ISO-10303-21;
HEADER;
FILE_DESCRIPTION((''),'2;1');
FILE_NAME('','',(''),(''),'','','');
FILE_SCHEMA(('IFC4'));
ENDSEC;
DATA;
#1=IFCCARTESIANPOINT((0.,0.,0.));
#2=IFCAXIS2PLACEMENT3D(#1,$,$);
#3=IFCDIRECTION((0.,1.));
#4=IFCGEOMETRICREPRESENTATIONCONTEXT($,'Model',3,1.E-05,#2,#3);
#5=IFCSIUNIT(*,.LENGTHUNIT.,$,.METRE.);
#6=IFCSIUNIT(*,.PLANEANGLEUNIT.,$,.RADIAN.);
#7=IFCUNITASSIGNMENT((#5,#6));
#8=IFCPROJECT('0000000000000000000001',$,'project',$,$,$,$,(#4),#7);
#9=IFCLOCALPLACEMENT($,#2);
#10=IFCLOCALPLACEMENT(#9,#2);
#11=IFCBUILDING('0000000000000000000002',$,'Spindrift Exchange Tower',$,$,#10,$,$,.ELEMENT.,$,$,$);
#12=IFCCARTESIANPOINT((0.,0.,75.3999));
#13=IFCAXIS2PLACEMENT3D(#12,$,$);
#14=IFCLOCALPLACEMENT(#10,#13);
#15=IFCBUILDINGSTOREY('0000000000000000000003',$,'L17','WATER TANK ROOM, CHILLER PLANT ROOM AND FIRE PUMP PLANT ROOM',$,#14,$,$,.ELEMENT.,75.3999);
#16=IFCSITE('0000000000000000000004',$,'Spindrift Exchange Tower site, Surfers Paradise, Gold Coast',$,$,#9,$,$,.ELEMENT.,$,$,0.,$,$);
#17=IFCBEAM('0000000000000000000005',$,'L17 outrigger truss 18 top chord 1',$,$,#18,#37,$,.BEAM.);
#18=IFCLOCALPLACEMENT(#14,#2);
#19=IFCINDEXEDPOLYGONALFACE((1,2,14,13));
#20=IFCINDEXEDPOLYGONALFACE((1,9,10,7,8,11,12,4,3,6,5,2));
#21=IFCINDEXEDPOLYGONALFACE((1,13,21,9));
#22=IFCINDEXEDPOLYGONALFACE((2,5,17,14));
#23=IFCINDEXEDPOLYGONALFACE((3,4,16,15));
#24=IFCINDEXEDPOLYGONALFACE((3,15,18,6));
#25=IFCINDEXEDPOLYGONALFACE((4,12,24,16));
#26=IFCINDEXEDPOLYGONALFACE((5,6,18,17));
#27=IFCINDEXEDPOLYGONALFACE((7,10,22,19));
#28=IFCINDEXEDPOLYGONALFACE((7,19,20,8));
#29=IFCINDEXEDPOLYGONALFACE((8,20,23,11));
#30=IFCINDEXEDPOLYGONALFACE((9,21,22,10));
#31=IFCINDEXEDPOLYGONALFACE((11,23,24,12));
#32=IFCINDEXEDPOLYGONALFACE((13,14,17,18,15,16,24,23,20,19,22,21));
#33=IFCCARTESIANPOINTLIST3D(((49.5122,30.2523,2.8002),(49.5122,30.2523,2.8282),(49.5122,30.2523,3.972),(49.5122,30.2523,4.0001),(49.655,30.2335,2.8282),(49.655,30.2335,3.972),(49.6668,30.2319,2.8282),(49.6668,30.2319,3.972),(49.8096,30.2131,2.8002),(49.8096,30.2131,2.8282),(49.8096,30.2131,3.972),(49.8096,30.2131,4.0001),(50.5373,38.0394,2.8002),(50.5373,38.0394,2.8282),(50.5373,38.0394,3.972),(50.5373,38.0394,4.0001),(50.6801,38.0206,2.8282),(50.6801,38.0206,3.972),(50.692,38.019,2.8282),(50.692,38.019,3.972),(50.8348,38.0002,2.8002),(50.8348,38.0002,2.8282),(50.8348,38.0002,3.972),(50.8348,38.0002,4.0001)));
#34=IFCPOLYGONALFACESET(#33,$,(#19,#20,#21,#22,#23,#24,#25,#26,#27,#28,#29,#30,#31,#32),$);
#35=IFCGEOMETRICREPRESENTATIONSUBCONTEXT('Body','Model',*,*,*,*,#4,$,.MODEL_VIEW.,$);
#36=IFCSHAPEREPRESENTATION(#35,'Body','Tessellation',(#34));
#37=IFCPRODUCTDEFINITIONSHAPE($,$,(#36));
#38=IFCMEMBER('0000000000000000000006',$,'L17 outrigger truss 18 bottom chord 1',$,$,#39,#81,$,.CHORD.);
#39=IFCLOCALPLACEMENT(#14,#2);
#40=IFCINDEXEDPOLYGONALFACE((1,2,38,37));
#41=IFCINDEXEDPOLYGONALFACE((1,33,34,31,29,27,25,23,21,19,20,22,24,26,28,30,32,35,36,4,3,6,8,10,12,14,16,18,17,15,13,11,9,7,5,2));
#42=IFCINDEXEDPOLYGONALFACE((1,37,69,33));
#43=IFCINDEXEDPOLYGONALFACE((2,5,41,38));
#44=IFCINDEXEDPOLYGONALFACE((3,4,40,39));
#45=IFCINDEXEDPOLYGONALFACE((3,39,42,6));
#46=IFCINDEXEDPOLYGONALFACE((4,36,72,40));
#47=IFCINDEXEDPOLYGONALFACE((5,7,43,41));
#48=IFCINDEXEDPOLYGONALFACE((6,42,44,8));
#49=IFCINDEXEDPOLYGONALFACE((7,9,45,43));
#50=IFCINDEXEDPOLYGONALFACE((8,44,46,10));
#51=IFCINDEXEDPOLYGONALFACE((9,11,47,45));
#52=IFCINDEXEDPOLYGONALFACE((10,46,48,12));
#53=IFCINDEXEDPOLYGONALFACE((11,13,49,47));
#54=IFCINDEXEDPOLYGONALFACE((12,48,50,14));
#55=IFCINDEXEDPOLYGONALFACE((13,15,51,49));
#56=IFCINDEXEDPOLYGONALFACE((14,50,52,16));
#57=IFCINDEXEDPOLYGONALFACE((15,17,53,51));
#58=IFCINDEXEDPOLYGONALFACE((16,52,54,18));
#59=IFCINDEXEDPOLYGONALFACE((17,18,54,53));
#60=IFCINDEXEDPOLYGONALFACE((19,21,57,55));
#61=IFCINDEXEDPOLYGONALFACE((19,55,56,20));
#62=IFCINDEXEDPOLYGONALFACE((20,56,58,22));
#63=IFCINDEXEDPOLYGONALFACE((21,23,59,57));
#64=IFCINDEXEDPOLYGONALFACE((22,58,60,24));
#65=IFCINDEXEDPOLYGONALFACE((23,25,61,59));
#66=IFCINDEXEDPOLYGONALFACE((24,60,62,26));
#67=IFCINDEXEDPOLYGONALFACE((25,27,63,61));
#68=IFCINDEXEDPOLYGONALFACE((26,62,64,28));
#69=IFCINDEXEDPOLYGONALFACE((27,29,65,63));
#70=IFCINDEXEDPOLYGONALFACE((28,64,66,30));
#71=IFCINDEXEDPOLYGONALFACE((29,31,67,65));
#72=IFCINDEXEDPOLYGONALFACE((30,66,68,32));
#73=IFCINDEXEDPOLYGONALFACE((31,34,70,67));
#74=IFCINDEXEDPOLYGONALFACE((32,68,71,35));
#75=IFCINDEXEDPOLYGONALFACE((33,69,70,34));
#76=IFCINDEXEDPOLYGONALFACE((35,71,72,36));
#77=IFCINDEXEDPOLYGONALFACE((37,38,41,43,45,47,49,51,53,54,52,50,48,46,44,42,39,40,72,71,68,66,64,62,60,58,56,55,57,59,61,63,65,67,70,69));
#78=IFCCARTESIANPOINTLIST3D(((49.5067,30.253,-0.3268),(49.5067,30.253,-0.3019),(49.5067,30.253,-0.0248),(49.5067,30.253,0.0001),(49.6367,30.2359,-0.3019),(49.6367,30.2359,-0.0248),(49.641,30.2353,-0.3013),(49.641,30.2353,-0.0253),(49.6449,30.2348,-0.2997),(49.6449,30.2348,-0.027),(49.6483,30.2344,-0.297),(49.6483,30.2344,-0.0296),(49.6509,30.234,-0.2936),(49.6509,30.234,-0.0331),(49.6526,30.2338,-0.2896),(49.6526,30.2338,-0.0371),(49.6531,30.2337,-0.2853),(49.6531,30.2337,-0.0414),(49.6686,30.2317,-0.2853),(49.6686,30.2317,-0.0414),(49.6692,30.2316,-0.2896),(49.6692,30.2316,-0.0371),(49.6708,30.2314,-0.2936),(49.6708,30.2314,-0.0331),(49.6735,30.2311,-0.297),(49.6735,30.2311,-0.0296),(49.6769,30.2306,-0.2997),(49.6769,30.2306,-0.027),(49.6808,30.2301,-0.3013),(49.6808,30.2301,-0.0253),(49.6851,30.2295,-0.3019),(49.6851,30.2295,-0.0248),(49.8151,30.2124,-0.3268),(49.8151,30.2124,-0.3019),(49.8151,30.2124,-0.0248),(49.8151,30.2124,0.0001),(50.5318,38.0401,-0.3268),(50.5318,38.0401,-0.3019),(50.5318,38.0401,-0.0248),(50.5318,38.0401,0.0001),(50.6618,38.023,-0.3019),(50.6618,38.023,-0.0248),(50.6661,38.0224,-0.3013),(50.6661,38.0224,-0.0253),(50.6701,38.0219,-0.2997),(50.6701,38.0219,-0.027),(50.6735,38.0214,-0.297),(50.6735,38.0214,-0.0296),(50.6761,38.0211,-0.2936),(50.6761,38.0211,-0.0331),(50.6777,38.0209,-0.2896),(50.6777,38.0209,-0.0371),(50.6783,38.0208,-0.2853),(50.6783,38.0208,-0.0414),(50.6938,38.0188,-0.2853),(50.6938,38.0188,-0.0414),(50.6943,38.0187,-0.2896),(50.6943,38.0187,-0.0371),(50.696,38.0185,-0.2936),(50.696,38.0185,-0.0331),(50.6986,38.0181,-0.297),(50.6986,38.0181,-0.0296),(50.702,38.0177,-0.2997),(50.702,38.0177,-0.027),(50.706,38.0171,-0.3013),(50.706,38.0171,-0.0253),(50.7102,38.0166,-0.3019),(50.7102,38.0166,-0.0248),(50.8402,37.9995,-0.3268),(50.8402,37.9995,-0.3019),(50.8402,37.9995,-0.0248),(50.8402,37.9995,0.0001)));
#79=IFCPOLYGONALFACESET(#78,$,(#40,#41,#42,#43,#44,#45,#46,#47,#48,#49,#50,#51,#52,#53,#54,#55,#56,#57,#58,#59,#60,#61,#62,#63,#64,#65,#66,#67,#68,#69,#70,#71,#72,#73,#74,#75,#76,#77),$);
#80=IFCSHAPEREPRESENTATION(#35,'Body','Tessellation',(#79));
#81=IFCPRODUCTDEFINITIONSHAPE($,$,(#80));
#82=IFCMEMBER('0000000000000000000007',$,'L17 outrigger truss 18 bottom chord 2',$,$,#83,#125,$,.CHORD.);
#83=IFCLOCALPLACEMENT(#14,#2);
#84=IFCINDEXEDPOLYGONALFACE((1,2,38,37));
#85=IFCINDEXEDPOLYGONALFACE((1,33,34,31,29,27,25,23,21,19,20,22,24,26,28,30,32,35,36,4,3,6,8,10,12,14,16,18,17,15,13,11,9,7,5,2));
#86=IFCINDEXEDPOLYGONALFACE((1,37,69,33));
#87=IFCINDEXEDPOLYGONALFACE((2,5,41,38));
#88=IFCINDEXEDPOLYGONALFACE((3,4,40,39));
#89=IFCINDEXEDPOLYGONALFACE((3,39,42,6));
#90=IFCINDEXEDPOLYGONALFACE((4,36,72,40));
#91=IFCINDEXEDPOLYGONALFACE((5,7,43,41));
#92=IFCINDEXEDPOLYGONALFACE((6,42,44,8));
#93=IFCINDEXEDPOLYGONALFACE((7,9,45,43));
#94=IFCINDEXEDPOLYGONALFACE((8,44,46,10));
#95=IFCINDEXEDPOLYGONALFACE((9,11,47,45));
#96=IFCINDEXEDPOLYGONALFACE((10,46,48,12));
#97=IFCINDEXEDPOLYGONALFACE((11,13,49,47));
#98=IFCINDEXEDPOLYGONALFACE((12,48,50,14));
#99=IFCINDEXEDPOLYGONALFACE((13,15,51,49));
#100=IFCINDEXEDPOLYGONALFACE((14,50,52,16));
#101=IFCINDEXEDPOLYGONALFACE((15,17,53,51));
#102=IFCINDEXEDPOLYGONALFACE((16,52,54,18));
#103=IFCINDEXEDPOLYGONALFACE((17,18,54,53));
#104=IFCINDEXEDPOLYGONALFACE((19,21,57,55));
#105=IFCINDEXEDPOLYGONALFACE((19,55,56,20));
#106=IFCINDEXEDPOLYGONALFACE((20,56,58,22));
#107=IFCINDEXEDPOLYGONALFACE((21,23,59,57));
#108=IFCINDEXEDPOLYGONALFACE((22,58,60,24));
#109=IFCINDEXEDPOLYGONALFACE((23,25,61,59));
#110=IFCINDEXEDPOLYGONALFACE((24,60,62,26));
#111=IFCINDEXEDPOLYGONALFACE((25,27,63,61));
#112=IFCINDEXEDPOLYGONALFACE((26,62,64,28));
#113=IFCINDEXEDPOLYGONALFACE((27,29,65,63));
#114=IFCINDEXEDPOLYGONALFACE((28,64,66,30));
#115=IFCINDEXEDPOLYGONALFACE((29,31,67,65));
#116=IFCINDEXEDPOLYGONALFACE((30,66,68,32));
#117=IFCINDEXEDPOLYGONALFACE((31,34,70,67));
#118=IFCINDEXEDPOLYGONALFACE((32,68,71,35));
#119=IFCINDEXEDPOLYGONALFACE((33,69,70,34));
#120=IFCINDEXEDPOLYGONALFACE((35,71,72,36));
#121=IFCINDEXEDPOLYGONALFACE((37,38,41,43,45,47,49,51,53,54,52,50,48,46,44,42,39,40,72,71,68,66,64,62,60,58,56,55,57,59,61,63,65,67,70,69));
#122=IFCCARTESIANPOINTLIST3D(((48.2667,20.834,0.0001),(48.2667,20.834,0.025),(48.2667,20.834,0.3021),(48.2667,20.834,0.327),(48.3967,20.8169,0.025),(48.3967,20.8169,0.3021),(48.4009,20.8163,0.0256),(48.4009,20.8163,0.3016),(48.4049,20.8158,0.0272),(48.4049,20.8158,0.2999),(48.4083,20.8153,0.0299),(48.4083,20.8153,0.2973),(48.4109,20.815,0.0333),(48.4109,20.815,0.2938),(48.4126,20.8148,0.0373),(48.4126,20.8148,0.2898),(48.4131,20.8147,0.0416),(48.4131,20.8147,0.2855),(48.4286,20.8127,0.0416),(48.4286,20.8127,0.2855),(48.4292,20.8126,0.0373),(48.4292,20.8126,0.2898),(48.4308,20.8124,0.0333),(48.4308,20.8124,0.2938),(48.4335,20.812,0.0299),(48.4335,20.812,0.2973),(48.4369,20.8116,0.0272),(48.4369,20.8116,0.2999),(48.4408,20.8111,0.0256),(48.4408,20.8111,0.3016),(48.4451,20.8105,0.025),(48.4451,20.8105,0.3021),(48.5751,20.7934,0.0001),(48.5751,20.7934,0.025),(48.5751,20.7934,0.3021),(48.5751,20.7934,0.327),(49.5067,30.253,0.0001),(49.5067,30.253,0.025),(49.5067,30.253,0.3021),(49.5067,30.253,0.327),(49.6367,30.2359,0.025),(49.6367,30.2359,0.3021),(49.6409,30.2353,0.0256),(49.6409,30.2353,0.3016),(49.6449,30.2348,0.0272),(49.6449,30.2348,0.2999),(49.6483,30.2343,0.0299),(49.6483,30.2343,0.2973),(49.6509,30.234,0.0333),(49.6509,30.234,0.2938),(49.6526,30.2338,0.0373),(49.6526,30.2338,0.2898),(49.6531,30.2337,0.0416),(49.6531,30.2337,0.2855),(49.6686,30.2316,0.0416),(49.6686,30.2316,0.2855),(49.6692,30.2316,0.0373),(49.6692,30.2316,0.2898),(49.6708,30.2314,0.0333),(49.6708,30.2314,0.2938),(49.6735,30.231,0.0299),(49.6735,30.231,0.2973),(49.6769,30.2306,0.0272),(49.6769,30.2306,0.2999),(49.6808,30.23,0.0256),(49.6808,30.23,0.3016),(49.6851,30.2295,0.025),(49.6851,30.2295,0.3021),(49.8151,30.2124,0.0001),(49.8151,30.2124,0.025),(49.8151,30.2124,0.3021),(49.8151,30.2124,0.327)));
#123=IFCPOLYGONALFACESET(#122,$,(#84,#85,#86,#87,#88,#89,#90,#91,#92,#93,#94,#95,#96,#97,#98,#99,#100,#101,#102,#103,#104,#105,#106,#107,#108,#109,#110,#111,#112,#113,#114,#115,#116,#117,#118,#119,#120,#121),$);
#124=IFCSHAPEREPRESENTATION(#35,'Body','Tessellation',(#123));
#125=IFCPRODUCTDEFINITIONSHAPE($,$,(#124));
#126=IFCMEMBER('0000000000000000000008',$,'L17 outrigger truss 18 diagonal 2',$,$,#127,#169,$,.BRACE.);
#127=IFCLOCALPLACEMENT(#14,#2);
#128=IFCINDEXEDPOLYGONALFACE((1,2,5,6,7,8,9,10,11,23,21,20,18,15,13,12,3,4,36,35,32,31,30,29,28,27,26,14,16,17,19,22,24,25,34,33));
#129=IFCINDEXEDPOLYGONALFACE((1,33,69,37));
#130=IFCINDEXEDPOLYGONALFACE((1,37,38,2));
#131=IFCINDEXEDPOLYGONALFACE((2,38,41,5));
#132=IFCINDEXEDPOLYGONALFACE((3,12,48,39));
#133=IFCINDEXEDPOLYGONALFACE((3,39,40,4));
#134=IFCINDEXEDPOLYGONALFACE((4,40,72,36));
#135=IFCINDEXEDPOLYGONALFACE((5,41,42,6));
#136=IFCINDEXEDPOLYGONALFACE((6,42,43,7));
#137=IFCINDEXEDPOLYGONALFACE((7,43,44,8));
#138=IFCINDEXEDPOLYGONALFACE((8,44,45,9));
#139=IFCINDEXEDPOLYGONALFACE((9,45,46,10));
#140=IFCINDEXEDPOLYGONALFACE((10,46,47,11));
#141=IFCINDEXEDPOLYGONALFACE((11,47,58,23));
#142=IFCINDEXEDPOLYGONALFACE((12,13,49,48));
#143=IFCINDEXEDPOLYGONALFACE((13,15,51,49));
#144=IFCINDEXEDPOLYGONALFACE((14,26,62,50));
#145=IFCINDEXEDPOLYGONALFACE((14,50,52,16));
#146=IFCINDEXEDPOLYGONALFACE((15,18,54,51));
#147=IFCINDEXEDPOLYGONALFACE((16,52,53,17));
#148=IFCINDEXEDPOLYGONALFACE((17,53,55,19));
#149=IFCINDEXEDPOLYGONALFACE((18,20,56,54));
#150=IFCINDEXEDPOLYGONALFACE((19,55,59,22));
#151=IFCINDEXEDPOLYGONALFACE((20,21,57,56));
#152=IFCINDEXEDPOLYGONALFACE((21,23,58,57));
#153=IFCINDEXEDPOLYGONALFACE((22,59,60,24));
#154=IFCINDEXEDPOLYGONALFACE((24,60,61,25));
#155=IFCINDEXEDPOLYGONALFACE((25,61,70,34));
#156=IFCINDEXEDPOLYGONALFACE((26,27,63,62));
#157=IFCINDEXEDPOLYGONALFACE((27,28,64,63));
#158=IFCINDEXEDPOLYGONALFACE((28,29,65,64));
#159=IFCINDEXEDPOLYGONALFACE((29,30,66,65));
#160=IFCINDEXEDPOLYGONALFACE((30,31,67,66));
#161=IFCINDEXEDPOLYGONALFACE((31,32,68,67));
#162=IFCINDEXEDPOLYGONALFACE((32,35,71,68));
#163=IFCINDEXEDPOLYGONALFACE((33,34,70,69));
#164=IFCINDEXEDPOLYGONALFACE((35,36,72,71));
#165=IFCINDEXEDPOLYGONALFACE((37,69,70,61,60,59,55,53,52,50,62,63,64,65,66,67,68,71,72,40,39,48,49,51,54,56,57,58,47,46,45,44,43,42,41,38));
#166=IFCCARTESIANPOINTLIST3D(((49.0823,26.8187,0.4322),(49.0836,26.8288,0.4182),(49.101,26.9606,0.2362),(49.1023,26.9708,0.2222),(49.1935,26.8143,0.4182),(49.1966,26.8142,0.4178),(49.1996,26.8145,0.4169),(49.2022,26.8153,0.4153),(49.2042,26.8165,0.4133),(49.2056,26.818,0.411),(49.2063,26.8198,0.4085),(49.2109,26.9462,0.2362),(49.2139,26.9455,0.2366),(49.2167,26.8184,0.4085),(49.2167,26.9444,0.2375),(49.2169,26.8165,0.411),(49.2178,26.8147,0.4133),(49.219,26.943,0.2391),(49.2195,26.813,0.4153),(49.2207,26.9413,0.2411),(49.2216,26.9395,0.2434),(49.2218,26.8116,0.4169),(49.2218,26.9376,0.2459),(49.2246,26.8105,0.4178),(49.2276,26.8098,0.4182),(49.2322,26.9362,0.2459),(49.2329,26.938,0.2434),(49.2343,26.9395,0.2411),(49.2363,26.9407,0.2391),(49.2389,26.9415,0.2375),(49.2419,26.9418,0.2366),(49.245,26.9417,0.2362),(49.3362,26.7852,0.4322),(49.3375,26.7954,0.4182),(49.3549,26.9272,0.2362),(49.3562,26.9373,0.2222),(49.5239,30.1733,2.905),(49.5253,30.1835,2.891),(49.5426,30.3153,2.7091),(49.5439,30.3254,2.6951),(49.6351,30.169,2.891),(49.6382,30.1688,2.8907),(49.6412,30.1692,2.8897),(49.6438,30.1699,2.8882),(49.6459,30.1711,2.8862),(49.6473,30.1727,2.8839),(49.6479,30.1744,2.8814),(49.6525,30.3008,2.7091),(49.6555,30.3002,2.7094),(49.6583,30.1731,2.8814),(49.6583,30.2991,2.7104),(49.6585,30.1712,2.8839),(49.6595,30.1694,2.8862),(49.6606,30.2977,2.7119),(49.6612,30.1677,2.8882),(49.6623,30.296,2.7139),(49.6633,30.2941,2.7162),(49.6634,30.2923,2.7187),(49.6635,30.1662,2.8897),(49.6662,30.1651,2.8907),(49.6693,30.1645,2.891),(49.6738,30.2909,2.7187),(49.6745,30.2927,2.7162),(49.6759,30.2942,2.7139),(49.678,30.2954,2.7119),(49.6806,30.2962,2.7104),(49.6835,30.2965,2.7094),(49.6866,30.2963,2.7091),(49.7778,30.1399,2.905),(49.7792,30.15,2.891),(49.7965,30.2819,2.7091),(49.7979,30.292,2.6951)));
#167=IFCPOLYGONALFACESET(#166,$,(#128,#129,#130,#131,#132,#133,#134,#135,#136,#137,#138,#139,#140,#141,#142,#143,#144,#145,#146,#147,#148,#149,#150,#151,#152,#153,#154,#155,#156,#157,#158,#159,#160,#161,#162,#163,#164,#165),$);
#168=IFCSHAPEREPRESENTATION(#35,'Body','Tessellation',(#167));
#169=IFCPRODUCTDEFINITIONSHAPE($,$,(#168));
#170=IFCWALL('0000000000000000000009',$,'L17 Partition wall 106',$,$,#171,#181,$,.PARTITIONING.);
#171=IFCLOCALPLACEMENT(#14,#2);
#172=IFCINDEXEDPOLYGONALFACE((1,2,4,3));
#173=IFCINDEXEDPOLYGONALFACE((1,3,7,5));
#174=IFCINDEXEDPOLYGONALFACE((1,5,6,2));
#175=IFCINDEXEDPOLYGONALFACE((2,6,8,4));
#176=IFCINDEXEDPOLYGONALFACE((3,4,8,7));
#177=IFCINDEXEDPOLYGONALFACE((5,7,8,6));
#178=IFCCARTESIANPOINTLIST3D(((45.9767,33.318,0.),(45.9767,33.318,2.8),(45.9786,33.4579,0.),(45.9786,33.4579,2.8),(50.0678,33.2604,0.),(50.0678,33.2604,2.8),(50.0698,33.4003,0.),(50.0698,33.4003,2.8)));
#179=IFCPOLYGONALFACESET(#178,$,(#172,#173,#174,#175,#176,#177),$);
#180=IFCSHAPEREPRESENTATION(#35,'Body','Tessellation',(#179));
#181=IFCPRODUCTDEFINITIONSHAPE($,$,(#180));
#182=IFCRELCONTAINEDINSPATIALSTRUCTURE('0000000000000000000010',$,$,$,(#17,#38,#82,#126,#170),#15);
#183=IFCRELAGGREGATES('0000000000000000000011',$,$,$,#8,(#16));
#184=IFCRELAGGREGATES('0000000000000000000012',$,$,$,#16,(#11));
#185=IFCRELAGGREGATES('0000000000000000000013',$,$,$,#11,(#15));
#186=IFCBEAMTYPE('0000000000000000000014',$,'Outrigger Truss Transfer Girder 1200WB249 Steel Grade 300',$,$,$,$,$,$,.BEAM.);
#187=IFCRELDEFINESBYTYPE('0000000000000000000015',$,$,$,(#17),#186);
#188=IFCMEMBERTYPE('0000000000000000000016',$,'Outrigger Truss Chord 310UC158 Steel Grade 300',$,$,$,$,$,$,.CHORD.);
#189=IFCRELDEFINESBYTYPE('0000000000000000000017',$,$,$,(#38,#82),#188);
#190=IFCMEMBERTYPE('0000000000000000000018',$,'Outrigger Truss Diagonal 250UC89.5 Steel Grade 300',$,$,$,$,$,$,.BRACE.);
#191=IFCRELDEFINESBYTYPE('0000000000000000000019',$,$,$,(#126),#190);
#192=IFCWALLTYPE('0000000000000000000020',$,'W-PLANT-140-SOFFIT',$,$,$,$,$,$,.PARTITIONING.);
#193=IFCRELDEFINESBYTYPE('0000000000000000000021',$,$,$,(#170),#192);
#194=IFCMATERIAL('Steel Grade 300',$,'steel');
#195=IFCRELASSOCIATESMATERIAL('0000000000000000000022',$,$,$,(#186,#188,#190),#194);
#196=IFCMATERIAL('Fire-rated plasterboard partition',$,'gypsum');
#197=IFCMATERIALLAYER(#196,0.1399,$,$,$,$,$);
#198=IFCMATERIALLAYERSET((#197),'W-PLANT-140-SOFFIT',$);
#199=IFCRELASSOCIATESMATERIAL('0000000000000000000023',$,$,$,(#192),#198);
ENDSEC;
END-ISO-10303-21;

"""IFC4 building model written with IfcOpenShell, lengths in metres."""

from ifc_helpers import new_model, si_unit, direction, frame, frame_2d, origin, origin_2d, place, context, subcontext, project, spatial, rectangle, i_section, extrude, source, transform, mapped, material, layer, layer_set, material_profile, profile_set, type_object, element, save


model = new_model("IFC4")

# Units and contexts
model_context = context("Model", 3, precision=1e-05, world=origin(), true_north=direction((0.0, 1.0)))
body_context = subcontext(model_context, "Body", "Model", "MODEL_VIEW")
ifc_project = project(units=[si_unit("LENGTHUNIT", "METRE"), si_unit("PLANEANGLEUNIT", "RADIAN")], contexts=[model_context])

# Site, building, storey
site_placement = place(None, origin())
site = spatial("IfcSite", under=ifc_project, at=site_placement, Name="Spindrift Exchange Tower site, Surfers Paradise, Gold Coast", CompositionType="ELEMENT", RefElevation=0.0)
building_placement = place(site_placement, origin())
building = spatial("IfcBuilding", under=site, at=building_placement, Name="Spindrift Exchange Tower", CompositionType="ELEMENT")
storey_placement = place(building_placement, frame((0.0, 0.0, 75.3999)))
storey = spatial("IfcBuildingStorey", under=building, at=storey_placement, Name="L17", Description="WATER TANK ROOM, CHILLER PLANT ROOM AND FIRE PUMP PLANT ROOM", CompositionType="ELEMENT", Elevation=75.3999)

# Shared definitions
ifc_material_1 = material(Name="Steel Grade 300", Category="steel")
ifc_material_profile_1 = material_profile(ifc_material_1, i_section(OverallWidth=0.3, OverallDepth=1.2, WebThickness=0.012, FlangeThickness=0.0281, at=origin_2d()), Name="1200WB249")
ifc_profile_set_1 = profile_set([ifc_material_profile_1], Name="Steel Grade 300")
beam_type = type_object("IfcBeamType", Name="Outrigger Truss Transfer Girder 1200WB249 Steel Grade 300", PredefinedType="BEAM", material=ifc_profile_set_1)

# Shared definitions
ifc_material_profile_2 = material_profile(ifc_material_1, i_section(OverallWidth=0.311, OverallDepth=0.3269, WebThickness=0.0156, FlangeThickness=0.0249, FilletRadius=0.0166, at=origin_2d()), Name="310UC158")
ifc_profile_set_2 = profile_set([ifc_material_profile_2], Name="Steel Grade 300")
member_type_1 = type_object("IfcMemberType", Name="Outrigger Truss Chord 310UC158 Steel Grade 300", PredefinedType="CHORD", material=ifc_profile_set_2)

# Shared definitions
ifc_material_profile_3 = material_profile(ifc_material_1, i_section(OverallWidth=0.2561, OverallDepth=0.26, WebThickness=0.0105, FlangeThickness=0.0173, FilletRadius=0.012, at=origin_2d()), Name="250UC89.5")
ifc_profile_set_3 = profile_set([ifc_material_profile_3], Name="Steel Grade 300")
member_type_2 = type_object("IfcMemberType", Name="Outrigger Truss Diagonal 250UC89.5 Steel Grade 300", PredefinedType="BRACE", material=ifc_profile_set_3)

# Beam
shared_shape_1 = source(origin(), body_context, "Body", "SweptSolid", [
    extrude(i_section(OverallWidth=0.3, OverallDepth=1.2, WebThickness=0.012, FlangeThickness=0.0281, at=origin_2d()), origin(), (0.0, 0.0, 1.0), 7.8542),
])
beam_1_placement = place(storey_placement, frame((50.686, 38.0198, 3.4001), z_axis=(-0.13052, -0.991446, 0.0), x_axis=(0.991446, -0.13052, 0.0)))
element("IfcBeam", 1, at=beam_1_placement, inside=storey, type_object=beam_type, Name="L17 outrigger truss 18 top chord 1", PredefinedType="BEAM", context=body_context, shape_type="MappedRepresentation", body=[
    mapped(shared_shape_1, transform((0.0, 0.0, 0.0), scale=1.0)),
])

# Members
shared_shape_2 = source(origin(), body_context, "Body", "SweptSolid", [
    extrude(i_section(OverallWidth=0.311, OverallDepth=0.3269, WebThickness=0.0156, FlangeThickness=0.0249, FilletRadius=0.0166, at=origin_2d()), origin(), (0.0, 0.0, 1.0), 7.8542),
])
member_1_placement = place(storey_placement, frame((50.686, 38.0198, -0.1633), z_axis=(-0.13052, -0.991446, 0.0), x_axis=(0.991446, -0.13052, 0.0)))
element("IfcMember", 2, at=member_1_placement, inside=storey, type_object=member_type_1, Name="L17 outrigger truss 18 bottom chord 1", PredefinedType="CHORD", context=body_context, shape_type="MappedRepresentation", body=[
    mapped(shared_shape_2, transform((0.0, 0.0, 0.0), scale=1.0)),
])
shared_shape_3 = source(origin(), body_context, "Body", "SweptSolid", [
    extrude(i_section(OverallWidth=0.311, OverallDepth=0.3269, WebThickness=0.0156, FlangeThickness=0.0249, FilletRadius=0.0166, at=origin_2d()), origin(), (0.0, 0.0, 1.0), 9.5002),
])
member_2_placement = place(storey_placement, frame((49.6609, 30.2327, 0.1636), z_axis=(-0.130522, -0.991445, 0.0), x_axis=(0.991445, -0.130522, 0.0)))
element("IfcMember", 3, at=member_2_placement, inside=storey, type_object=member_type_1, Name="L17 outrigger truss 18 bottom chord 2", PredefinedType="CHORD", context=body_context, shape_type="MappedRepresentation", body=[
    mapped(shared_shape_3, transform((0.0, 0.0, 0.0), scale=1.0)),
])
shared_shape_4 = source(origin(), body_context, "Body", "SweptSolid", [
    extrude(i_section(OverallWidth=0.2561, OverallDepth=0.26, WebThickness=0.0105, FlangeThickness=0.0173, FilletRadius=0.012, at=origin_2d()), origin(), (0.0, 0.0, 1.0), 4.1909),
])
member_3_placement = place(storey_placement, frame((49.6609, 30.2327, 2.8), z_axis=(-0.10538, -0.800461, -0.590049), x_axis=(0.991445, -0.130524, 0.0)))
element("IfcMember", 4, at=member_3_placement, inside=storey, type_object=member_type_2, Name="L17 outrigger truss 18 diagonal 2", PredefinedType="BRACE", context=body_context, shape_type="MappedRepresentation", body=[
    mapped(shared_shape_4, transform((0.0, 0.0, 0.0), scale=1.0)),
])

# Wall
ifc_material_2 = material(Name="Fire-rated plasterboard partition", Category="gypsum")
ifc_layer_1 = layer(ifc_material_2, 0.1399)
ifc_layer_set_1 = layer_set([ifc_layer_1], Name="W-PLANT-140-SOFFIT")
wall_type_1 = type_object("IfcWallType", Name="W-PLANT-140-SOFFIT", PredefinedType="PARTITIONING", material=ifc_layer_set_1)
wall_1_placement = place(storey_placement, frame((45.9775, 33.3879, 0.0), z_axis=(0.0, 0.0, 1.0), x_axis=(0.999901, -0.014082, 0.0)))
element("IfcWall", 5, at=wall_1_placement, inside=storey, type_object=wall_type_1, Name="L17 Partition wall 106", PredefinedType="PARTITIONING", context=body_context, shape_type="SweptSolid", body=[
    extrude(rectangle(XDim=4.0916, YDim=0.1399, at=frame_2d((2.0459, 0.0))), origin(), (0.0, 0.0, 1.0), 2.8),
])

save(model, "model.ifc")
